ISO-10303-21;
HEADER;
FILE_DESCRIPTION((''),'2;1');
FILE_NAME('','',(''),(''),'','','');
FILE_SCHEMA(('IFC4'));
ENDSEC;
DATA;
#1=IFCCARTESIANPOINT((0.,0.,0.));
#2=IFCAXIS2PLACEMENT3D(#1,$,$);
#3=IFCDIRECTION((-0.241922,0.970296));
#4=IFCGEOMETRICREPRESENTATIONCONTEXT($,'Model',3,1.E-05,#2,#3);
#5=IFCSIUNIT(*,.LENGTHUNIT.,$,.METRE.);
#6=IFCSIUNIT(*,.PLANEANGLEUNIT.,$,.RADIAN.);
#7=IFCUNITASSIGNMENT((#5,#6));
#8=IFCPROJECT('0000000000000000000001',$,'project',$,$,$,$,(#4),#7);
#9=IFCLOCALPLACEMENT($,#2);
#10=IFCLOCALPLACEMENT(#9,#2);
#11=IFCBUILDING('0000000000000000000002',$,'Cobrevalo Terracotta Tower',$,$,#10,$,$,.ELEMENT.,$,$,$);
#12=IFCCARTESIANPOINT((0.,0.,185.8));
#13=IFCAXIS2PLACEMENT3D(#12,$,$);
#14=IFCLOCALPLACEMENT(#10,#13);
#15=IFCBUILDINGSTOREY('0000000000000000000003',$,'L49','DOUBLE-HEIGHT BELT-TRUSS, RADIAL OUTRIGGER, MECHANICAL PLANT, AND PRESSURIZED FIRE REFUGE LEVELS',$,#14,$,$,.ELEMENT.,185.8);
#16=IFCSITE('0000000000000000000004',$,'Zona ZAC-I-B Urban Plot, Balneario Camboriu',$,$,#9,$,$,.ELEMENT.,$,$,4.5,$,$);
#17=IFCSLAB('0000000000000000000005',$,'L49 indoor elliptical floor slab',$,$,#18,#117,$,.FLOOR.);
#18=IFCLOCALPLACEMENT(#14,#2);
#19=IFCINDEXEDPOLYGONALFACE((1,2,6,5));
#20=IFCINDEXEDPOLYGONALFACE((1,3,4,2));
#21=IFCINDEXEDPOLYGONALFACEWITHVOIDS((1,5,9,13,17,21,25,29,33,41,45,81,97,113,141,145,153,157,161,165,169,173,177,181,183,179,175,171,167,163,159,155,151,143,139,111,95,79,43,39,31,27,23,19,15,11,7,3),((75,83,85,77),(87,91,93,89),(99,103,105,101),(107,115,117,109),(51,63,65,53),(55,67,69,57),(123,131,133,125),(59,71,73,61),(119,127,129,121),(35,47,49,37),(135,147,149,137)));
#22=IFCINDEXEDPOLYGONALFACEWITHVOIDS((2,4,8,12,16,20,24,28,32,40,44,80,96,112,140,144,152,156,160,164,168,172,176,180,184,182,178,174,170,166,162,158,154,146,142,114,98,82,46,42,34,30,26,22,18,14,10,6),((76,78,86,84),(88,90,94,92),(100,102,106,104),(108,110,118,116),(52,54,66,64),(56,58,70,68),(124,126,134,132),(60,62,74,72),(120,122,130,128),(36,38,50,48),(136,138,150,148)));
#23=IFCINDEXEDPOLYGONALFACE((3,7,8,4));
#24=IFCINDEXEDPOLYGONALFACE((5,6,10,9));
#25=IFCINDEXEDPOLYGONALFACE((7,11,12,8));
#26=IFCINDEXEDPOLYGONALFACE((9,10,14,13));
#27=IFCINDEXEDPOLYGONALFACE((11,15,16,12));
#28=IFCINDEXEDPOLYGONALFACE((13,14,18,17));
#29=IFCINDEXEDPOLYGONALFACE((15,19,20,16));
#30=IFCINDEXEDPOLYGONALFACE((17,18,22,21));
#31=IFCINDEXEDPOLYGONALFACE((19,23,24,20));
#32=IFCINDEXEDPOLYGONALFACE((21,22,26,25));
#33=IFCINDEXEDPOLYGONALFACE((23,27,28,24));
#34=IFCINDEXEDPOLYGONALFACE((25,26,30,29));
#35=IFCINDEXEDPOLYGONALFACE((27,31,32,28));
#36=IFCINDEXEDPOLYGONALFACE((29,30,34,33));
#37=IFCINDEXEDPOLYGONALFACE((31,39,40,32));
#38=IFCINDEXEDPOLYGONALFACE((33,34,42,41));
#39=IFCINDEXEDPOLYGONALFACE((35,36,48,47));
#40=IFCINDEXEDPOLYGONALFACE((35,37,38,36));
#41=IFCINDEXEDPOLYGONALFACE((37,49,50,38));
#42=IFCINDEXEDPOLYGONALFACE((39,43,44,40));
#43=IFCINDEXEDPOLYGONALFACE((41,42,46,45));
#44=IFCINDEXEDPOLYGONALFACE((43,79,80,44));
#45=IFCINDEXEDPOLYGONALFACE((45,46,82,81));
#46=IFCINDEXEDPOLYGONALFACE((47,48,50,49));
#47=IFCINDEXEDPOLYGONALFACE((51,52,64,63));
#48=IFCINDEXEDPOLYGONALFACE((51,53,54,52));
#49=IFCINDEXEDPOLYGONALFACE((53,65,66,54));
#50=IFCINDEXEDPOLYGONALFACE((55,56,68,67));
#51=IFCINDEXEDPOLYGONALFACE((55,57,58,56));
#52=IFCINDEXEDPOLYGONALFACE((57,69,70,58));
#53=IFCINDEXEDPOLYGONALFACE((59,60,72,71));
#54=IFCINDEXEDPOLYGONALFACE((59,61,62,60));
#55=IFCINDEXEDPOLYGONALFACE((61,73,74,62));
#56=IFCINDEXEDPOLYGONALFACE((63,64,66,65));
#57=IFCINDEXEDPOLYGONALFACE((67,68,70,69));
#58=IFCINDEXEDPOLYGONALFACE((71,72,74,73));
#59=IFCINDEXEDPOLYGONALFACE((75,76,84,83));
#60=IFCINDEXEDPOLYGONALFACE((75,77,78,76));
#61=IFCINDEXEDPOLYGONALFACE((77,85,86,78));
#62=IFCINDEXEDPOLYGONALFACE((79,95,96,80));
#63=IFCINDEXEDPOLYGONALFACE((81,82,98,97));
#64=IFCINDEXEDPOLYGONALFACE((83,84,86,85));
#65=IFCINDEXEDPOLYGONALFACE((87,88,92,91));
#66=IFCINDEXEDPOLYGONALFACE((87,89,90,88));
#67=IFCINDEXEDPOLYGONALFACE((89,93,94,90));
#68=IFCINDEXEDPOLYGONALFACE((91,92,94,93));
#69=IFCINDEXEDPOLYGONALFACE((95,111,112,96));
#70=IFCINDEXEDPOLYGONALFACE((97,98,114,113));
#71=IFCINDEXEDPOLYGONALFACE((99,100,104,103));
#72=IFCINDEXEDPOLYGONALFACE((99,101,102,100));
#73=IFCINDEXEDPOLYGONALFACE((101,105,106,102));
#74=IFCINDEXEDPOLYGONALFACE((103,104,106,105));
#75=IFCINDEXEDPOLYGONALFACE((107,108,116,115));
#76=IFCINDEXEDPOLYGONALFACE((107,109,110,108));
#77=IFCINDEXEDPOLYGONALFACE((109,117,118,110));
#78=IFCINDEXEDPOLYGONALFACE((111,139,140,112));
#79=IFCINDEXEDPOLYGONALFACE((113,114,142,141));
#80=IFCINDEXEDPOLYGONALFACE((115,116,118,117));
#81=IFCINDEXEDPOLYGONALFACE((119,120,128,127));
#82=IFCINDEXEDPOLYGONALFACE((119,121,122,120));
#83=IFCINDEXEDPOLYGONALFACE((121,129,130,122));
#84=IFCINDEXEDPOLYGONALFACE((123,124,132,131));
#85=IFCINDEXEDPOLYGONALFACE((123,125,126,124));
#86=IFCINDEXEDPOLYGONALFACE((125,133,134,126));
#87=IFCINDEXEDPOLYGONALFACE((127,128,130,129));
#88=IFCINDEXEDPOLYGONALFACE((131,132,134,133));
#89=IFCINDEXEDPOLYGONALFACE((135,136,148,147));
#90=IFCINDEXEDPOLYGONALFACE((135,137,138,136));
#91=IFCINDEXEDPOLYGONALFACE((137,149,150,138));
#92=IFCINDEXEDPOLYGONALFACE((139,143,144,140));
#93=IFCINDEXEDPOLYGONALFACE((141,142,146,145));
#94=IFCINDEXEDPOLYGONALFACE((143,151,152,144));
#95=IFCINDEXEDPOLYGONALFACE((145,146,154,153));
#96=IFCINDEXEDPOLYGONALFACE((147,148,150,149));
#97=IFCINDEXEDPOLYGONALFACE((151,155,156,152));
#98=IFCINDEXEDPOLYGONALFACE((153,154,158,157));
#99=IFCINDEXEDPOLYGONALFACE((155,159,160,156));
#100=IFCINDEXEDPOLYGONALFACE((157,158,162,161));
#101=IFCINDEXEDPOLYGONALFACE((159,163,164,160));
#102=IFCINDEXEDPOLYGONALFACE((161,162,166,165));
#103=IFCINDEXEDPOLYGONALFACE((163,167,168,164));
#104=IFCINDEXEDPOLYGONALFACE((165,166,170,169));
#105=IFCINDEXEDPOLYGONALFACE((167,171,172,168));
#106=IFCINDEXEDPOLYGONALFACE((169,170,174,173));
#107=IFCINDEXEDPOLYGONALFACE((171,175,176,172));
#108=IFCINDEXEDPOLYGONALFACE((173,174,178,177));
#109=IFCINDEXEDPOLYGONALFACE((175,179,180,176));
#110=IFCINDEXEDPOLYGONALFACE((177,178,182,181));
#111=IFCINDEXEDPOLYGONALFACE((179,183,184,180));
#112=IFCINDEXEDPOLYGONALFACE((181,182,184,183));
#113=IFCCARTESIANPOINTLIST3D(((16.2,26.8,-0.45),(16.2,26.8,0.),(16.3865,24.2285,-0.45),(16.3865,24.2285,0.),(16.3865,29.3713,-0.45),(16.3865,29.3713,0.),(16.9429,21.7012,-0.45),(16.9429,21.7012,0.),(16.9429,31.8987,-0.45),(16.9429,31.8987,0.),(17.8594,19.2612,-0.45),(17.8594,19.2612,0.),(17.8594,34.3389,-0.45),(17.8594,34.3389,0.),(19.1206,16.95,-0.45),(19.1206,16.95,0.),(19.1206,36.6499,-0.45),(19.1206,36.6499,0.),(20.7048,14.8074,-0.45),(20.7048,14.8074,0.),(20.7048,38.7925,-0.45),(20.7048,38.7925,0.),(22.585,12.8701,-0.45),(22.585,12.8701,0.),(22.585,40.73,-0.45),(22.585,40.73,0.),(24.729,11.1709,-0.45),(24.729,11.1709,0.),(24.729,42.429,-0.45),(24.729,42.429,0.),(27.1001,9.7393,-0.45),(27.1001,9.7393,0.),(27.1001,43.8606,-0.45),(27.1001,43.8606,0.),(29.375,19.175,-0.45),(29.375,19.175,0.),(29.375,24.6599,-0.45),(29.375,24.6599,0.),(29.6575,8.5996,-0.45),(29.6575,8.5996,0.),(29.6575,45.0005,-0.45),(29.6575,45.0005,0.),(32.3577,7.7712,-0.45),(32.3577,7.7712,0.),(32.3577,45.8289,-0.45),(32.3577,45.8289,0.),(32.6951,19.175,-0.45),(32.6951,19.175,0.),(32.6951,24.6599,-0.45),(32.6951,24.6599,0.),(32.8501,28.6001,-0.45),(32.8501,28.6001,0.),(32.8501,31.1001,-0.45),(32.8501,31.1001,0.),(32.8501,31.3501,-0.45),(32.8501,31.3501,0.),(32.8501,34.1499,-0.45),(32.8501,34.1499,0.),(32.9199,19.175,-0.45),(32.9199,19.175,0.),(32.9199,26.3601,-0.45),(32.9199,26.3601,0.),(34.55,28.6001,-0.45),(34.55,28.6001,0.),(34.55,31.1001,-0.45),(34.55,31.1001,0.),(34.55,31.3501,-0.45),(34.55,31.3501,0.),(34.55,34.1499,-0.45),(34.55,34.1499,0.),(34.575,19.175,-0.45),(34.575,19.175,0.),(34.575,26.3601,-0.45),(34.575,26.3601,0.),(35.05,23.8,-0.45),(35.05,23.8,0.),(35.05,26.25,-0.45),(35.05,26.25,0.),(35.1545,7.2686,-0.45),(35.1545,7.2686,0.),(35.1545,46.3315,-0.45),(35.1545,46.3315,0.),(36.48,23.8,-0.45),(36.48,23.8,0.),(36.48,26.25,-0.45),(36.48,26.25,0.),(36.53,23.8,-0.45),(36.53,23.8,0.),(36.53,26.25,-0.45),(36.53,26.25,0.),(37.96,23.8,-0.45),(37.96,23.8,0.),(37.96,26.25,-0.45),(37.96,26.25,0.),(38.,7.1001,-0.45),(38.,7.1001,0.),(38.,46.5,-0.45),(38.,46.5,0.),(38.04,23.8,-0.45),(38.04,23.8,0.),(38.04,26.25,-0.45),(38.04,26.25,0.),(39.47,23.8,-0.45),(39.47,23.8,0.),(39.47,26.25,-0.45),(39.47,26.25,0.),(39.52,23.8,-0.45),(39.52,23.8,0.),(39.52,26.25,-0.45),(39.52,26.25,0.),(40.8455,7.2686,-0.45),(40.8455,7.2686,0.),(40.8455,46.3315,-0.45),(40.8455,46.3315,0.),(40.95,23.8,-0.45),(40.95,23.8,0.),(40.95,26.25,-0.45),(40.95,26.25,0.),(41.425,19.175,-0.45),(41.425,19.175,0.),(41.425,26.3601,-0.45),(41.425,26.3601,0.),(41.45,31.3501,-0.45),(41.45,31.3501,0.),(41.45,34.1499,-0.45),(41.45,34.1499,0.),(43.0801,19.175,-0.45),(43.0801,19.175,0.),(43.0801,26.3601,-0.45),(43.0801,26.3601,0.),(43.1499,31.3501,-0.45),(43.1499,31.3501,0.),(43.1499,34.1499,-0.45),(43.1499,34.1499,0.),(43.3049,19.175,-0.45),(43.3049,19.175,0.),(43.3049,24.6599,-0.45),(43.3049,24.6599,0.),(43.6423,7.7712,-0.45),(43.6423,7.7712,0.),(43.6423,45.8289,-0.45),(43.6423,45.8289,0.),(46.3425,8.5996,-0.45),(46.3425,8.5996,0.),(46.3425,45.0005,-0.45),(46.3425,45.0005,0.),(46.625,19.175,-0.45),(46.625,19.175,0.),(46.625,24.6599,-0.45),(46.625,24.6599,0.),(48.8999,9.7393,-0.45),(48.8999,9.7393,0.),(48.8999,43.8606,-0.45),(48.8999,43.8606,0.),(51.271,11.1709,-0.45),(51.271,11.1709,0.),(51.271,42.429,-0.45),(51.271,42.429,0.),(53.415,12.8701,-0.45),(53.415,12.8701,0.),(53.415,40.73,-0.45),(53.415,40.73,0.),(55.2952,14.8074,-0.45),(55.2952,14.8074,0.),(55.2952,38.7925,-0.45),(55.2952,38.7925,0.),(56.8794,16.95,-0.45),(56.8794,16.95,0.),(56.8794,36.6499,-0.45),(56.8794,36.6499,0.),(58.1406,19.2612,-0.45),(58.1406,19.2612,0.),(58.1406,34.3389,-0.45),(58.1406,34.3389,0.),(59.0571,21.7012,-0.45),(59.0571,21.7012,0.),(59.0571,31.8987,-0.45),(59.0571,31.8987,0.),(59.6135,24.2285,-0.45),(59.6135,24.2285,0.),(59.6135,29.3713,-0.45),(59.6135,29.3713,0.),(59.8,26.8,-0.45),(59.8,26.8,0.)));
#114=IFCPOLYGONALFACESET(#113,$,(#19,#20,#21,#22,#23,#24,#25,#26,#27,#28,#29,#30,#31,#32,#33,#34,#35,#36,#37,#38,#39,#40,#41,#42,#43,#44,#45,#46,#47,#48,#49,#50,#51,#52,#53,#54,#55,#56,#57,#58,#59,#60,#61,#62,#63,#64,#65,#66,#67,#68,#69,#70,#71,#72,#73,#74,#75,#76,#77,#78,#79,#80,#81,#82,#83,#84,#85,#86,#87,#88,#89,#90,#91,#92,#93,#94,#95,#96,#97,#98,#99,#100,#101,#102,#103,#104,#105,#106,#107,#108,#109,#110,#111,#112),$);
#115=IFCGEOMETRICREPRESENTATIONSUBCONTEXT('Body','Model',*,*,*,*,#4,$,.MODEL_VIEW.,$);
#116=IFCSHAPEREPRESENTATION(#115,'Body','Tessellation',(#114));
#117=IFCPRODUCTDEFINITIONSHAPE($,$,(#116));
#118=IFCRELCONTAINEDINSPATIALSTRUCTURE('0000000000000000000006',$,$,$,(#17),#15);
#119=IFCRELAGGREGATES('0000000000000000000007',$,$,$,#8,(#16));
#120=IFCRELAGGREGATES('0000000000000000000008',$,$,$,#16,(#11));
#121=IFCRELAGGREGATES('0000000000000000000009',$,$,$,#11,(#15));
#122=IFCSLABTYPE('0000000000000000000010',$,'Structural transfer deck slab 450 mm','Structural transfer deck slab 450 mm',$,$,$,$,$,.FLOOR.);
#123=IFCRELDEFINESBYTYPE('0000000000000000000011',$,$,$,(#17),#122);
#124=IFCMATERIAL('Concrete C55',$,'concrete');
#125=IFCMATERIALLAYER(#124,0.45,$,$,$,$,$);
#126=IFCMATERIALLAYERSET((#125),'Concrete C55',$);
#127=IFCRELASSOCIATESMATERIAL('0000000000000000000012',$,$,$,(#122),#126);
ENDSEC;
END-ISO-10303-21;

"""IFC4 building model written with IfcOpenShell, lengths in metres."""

from ifc_helpers import new_model, si_unit, direction, frame, origin, place, context, subcontext, project, spatial, polyline, outline, extrude, material, layer, layer_set, type_object, element, save


model = new_model("IFC4")

# Units and contexts
model_context = context("Model", 3, precision=1e-05, world=origin(), true_north=direction((-0.241922, 0.970296)))
body_context = subcontext(model_context, "Body", "Model", "MODEL_VIEW")
ifc_project = project(units=[si_unit("LENGTHUNIT", "METRE"), si_unit("PLANEANGLEUNIT", "RADIAN")], contexts=[model_context])

# Site, building, storey
site_placement = place(None, origin())
site = spatial("IfcSite", under=ifc_project, at=site_placement, Name="Zona ZAC-I-B Urban Plot, Balneario Camboriu", CompositionType="ELEMENT", RefElevation=4.5)
building_placement = place(site_placement, origin())
building = spatial("IfcBuilding", under=site, at=building_placement, Name="Cobrevalo Terracotta Tower", CompositionType="ELEMENT")
storey_placement = place(building_placement, frame((0.0, 0.0, 185.8)))
storey = spatial("IfcBuildingStorey", under=building, at=storey_placement, Name="L49", Description="DOUBLE-HEIGHT BELT-TRUSS, RADIAL OUTRIGGER, MECHANICAL PLANT, AND PRESSURIZED FIRE REFUGE LEVELS", CompositionType="ELEMENT", Elevation=185.8)

# Slab
ifc_material_1 = material(Name="Concrete C55", Category="concrete")
ifc_layer_1 = layer(ifc_material_1, 0.45)
ifc_layer_set_1 = layer_set([ifc_layer_1], Name="Concrete C55")
slab_type_1 = type_object("IfcSlabType", Name="Structural transfer deck slab 450 mm", Description="Structural transfer deck slab 450 mm", PredefinedType="FLOOR", material=ifc_layer_set_1)
slab_1_placement = place(storey_placement, frame((0.0, 0.0, -0.45)))
element("IfcSlab", 1, at=slab_1_placement, inside=storey, type_object=slab_type_1, Name="L49 indoor elliptical floor slab", PredefinedType="FLOOR", context=body_context, shape_type="SweptSolid", body=[
    extrude(outline(polyline([(59.6135, 24.2285), (59.0571, 21.7012), (58.1406, 19.2612), (56.8794, 16.95), (55.2952, 14.8074), (53.415, 12.8701), (51.271, 11.1709), (48.8999, 9.7393), (46.3425, 8.5996), (43.6423, 7.7712), (40.8455, 7.2686), (38.0, 7.1001), (35.1545, 7.2686), (32.3577, 7.7712), (29.6575, 8.5996), (27.1001, 9.7393), (24.729, 11.1709), (22.585, 12.8701), (20.7048, 14.8074), (19.1206, 16.95), (17.8594, 19.2612), (16.9429, 21.7012), (16.3865, 24.2285), (16.2, 26.8), (16.3865, 29.3713), (16.9429, 31.8987), (17.8594, 34.3389), (19.1206, 36.6499), (20.7048, 38.7925), (22.585, 40.73), (24.729, 42.429), (27.1001, 43.8606), (29.6575, 45.0005), (32.3577, 45.8289), (35.1545, 46.3315), (38.0, 46.5), (40.8455, 46.3315), (43.6423, 45.8289), (46.3425, 45.0005), (48.8999, 43.8606), (51.271, 42.429), (53.415, 40.73), (55.2952, 38.7925), (56.8794, 36.6499), (58.1406, 34.3389), (59.0571, 31.8987), (59.6135, 29.3713), (59.8, 26.8), (59.6135, 24.2285)]), holes=[polyline([(32.6951, 19.175), (32.6951, 24.6599), (29.375, 24.6599), (29.375, 19.175), (32.6951, 19.175)]), polyline([(34.575, 26.3601), (32.9199, 26.3601), (32.9199, 19.175), (34.575, 19.175), (34.575, 26.3601)]), polyline([(36.48, 26.25), (35.05, 26.25), (35.05, 23.8), (36.48, 23.8), (36.48, 26.25)]), polyline([(37.96, 23.8), (37.96, 26.25), (36.53, 26.25), (36.53, 23.8), (37.96, 23.8)]), polyline([(34.55, 28.6001), (34.55, 31.1001), (32.8501, 31.1001), (32.8501, 28.6001), (34.55, 28.6001)]), polyline([(34.55, 34.1499), (32.8501, 34.1499), (32.8501, 31.3501), (34.55, 31.3501), (34.55, 34.1499)]), polyline([(43.3049, 19.175), (46.625, 19.175), (46.625, 24.6599), (43.3049, 24.6599), (43.3049, 19.175)]), polyline([(43.0801, 19.175), (43.0801, 26.3601), (41.425, 26.3601), (41.425, 19.175), (43.0801, 19.175)]), polyline([(39.47, 26.25), (38.04, 26.25), (38.04, 23.8), (39.47, 23.8), (39.47, 26.25)]), polyline([(40.95, 23.8), (40.95, 26.25), (39.52, 26.25), (39.52, 23.8), (40.95, 23.8)]), polyline([(43.1499, 31.3501), (43.1499, 34.1499), (41.45, 34.1499), (41.45, 31.3501), (43.1499, 31.3501)])]), origin(), (0.0, 0.0, 1.0), 0.45),
])

save(model, "model.ifc")
